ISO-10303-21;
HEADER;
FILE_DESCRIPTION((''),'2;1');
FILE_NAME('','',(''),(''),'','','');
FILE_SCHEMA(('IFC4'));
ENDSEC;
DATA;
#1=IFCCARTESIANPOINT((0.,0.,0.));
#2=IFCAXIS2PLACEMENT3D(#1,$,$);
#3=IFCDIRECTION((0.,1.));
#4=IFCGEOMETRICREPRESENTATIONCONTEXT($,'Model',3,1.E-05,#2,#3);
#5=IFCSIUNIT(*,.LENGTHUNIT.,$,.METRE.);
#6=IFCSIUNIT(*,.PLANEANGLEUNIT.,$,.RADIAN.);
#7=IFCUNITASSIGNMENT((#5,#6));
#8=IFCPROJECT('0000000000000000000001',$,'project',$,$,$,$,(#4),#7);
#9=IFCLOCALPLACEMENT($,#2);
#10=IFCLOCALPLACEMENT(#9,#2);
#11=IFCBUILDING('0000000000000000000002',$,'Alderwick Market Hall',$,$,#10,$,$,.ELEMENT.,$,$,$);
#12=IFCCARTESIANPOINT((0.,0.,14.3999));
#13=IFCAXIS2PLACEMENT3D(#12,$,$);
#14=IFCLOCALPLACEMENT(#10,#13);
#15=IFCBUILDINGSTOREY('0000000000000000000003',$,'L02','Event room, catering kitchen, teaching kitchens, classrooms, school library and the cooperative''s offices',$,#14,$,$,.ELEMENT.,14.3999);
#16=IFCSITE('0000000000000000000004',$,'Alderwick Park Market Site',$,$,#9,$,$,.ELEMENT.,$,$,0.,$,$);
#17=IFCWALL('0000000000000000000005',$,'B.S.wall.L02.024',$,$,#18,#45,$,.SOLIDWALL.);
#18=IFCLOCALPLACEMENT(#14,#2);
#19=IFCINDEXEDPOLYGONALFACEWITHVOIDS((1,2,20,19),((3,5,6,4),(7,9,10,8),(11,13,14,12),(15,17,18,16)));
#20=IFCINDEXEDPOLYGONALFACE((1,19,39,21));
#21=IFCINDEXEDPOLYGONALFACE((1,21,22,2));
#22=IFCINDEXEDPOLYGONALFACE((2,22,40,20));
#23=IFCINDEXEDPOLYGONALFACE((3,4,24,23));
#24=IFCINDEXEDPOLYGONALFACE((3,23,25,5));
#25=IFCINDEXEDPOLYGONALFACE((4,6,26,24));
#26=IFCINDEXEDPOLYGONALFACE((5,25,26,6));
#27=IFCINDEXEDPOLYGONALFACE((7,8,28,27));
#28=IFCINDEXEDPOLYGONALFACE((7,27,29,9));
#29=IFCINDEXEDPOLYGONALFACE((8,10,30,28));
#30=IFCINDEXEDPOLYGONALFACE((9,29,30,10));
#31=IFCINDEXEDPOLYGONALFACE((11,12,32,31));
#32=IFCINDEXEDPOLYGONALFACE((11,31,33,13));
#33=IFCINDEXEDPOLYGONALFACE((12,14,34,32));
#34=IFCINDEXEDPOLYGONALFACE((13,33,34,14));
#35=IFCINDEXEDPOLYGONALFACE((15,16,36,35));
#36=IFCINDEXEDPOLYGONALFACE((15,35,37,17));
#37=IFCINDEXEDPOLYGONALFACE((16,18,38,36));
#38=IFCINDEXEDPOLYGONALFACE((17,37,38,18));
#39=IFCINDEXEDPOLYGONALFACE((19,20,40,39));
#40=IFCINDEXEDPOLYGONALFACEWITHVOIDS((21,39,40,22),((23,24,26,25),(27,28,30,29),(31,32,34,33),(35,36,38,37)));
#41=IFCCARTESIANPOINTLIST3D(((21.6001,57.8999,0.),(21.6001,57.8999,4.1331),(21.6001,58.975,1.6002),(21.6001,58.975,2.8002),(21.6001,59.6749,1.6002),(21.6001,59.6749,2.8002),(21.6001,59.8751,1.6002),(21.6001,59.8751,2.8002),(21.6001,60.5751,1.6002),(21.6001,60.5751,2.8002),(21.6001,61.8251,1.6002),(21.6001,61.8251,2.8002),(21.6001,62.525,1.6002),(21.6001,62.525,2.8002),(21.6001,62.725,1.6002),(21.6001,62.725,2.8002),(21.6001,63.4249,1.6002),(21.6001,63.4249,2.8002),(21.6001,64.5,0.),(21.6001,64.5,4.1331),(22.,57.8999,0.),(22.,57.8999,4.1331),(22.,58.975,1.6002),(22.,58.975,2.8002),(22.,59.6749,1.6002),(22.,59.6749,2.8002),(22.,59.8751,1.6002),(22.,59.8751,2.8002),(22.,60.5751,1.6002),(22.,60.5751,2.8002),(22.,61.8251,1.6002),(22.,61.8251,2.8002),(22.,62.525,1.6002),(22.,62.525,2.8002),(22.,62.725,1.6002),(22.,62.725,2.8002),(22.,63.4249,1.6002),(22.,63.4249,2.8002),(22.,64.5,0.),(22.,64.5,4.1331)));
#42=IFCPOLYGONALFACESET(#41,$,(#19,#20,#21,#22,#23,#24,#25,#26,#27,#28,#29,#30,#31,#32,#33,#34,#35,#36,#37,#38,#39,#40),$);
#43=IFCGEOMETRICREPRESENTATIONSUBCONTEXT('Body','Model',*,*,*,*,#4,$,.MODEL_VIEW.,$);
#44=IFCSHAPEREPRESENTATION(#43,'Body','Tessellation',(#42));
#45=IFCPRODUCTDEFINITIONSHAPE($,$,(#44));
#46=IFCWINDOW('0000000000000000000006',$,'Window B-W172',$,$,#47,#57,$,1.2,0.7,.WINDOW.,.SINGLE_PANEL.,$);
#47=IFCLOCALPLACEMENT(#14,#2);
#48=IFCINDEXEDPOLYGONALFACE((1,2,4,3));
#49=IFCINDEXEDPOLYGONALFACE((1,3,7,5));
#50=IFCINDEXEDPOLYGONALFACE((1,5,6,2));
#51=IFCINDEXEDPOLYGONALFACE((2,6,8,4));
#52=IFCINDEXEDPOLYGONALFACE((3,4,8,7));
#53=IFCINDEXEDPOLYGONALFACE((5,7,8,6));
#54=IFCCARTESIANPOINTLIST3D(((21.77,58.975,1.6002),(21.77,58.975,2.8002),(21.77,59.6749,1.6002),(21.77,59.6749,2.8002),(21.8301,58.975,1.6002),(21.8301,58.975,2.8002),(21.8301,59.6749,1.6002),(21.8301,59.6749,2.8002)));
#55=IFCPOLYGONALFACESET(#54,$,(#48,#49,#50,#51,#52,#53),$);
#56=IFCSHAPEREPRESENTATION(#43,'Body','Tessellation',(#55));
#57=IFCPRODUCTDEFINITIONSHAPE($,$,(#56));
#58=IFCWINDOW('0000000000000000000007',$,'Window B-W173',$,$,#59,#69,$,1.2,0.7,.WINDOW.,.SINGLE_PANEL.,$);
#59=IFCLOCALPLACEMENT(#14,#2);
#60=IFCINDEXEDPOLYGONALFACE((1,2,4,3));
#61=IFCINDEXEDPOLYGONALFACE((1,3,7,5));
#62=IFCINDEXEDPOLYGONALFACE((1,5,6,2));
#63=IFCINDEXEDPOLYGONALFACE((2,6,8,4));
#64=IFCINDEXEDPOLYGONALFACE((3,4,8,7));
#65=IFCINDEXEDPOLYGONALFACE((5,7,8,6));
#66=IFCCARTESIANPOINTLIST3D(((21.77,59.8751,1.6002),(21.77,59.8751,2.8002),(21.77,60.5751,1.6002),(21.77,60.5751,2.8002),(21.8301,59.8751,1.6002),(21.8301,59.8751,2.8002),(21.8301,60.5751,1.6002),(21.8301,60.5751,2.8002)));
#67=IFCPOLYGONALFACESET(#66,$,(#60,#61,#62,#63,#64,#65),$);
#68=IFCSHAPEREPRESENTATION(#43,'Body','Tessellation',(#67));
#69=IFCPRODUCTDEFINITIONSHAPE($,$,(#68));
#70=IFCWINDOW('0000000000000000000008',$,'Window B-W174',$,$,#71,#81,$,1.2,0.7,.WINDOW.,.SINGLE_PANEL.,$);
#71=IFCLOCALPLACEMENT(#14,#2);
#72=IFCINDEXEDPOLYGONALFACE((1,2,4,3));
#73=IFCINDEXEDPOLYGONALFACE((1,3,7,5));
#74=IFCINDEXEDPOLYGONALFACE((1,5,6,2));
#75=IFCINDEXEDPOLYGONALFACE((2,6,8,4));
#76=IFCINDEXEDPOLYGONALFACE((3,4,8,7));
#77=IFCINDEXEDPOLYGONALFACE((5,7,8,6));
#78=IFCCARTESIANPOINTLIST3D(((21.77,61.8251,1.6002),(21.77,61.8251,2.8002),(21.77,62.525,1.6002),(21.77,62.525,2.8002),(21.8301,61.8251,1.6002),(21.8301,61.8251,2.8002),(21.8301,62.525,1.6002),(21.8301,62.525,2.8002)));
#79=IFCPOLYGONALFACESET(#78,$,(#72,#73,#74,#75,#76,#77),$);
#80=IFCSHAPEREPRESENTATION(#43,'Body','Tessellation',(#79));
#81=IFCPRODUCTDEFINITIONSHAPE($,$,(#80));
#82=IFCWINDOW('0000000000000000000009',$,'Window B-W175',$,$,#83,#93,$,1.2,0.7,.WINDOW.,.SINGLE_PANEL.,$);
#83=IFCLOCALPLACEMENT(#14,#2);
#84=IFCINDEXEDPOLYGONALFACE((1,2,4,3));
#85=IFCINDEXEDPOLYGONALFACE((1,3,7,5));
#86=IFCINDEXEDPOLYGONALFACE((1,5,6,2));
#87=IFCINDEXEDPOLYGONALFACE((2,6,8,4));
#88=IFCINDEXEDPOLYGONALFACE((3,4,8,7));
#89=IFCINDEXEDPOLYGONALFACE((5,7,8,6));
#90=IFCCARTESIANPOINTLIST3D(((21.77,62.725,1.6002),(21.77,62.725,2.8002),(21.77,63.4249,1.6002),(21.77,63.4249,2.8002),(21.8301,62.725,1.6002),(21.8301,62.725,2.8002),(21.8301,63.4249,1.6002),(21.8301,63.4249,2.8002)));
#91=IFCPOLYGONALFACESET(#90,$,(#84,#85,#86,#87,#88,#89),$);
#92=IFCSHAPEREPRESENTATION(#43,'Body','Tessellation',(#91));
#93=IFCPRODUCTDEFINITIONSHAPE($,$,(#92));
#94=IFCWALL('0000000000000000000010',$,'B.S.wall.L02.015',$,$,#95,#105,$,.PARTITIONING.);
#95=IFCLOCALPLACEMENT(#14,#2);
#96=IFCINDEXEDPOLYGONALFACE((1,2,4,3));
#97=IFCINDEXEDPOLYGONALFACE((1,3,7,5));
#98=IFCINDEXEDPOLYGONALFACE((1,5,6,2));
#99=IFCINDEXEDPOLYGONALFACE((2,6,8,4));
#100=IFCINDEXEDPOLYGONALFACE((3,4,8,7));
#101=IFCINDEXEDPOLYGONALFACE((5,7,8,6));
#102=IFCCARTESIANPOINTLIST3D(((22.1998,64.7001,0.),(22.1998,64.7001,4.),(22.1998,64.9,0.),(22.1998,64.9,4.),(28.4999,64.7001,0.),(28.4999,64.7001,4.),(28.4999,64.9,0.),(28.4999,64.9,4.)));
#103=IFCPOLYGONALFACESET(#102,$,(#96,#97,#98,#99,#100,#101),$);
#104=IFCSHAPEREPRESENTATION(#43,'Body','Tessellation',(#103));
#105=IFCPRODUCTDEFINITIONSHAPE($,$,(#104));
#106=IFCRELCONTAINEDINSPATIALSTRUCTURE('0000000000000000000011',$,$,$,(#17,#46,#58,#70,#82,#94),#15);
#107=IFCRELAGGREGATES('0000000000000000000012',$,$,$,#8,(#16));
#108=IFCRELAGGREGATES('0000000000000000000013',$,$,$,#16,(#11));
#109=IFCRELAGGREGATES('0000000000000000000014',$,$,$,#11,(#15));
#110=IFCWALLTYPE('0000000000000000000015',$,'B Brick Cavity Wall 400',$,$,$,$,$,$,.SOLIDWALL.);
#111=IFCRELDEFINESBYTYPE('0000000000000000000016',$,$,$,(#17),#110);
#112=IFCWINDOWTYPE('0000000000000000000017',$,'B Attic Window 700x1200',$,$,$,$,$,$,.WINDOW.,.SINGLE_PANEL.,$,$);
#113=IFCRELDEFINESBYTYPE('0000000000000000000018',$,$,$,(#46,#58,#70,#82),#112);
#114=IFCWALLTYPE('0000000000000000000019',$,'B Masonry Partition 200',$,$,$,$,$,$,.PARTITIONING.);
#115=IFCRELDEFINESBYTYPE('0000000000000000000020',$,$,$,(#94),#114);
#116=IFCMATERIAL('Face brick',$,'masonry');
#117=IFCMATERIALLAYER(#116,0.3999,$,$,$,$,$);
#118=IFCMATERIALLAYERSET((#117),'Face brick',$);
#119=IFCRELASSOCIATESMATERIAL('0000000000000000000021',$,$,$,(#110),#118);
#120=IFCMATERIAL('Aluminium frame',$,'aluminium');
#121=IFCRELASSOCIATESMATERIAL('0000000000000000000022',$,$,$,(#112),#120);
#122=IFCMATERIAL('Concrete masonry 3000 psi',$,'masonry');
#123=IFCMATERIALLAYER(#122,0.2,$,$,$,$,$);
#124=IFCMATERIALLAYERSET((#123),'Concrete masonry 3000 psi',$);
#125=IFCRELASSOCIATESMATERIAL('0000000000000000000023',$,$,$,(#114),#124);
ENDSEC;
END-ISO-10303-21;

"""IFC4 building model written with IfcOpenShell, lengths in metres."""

from ifc_helpers import new_model, si_unit, direction, frame, frame_2d, origin, place, context, subcontext, project, spatial, rectangle, extrude, material, layer, layer_set, type_object, element, fill, save


model = new_model("IFC4")

# Units and contexts
model_context = context("Model", 3, precision=1e-05, world=origin(), true_north=direction((0.0, 1.0)))
body_context = subcontext(model_context, "Body", "Model", "MODEL_VIEW")
ifc_project = project(units=[si_unit("LENGTHUNIT", "METRE"), si_unit("PLANEANGLEUNIT", "RADIAN")], contexts=[model_context])

# Site, building, storey
site_placement = place(None, origin())
site = spatial("IfcSite", under=ifc_project, at=site_placement, Name="Alderwick Park Market Site", CompositionType="ELEMENT", RefElevation=0.0)
building_placement = place(site_placement, origin())
building = spatial("IfcBuilding", under=site, at=building_placement, Name="Alderwick Market Hall", CompositionType="ELEMENT")
storey_placement = place(building_placement, frame((0.0, 0.0, 14.3999)))
storey = spatial("IfcBuildingStorey", under=building, at=storey_placement, Name="L02", Description="Event room, catering kitchen, teaching kitchens, classrooms, school library and the cooperative's offices", CompositionType="ELEMENT", Elevation=14.3999)

# Wall, openings, windows
ifc_material_1 = material(Name="Face brick", Category="masonry")
ifc_layer_1 = layer(ifc_material_1, 0.3999)
ifc_layer_set_1 = layer_set([ifc_layer_1], Name="Face brick")
wall_type_1 = type_object("IfcWallType", Name="B Brick Cavity Wall 400", PredefinedType="SOLIDWALL", material=ifc_layer_set_1)
wall_1_placement = place(storey_placement, frame((21.8, 57.8999, 0.0), z_axis=(0.0, 0.0, 1.0), x_axis=(0.0, 1.0, 0.0)))
wall_1 = element("IfcWall", 1, at=wall_1_placement, inside=storey, type_object=wall_type_1, Name="B.S.wall.L02.024", PredefinedType="SOLIDWALL", context=body_context, shape_type="SweptSolid", body=[
    extrude(rectangle(XDim=6.6001, YDim=0.3999, at=frame_2d((3.3, 0.0))), origin(), (0.0, 0.0, 1.0), 4.1331),
])
opening_1_placement = place(wall_1_placement, frame((1.075, 0.0, 1.6001)))
opening_1 = element("IfcOpeningElement", 2, at=opening_1_placement, cuts=wall_1, PredefinedType="OPENING", context=body_context, shape_type="SweptSolid", body=[
    extrude(rectangle(XDim=0.7, YDim=1.2, at=frame_2d((0.3501, 0.6001))), frame((0.0, 0.21, 0.0), z_axis=(0.0, -1.0, 0.0), x_axis=(1.0, 0.0, 0.0)), (0.0, 0.0, 1.0), 0.4199),
])
opening_2_placement = place(wall_1_placement, frame((1.9751, 0.0, 1.6001)))
opening_2 = element("IfcOpeningElement", 3, at=opening_2_placement, cuts=wall_1, PredefinedType="OPENING", context=body_context, shape_type="SweptSolid", body=[
    extrude(rectangle(XDim=0.7, YDim=1.2, at=frame_2d((0.3501, 0.6001))), frame((0.0, 0.21, 0.0), z_axis=(0.0, -1.0, 0.0), x_axis=(1.0, 0.0, 0.0)), (0.0, 0.0, 1.0), 0.4199),
])
opening_3_placement = place(wall_1_placement, frame((3.925, 0.0, 1.6001)))
opening_3 = element("IfcOpeningElement", 4, at=opening_3_placement, cuts=wall_1, PredefinedType="OPENING", context=body_context, shape_type="SweptSolid", body=[
    extrude(rectangle(XDim=0.7, YDim=1.2, at=frame_2d((0.3501, 0.6001))), frame((0.0, 0.21, 0.0), z_axis=(0.0, -1.0, 0.0), x_axis=(1.0, 0.0, 0.0)), (0.0, 0.0, 1.0), 0.4199),
])
opening_4_placement = place(wall_1_placement, frame((4.825, 0.0, 1.6001)))
opening_4 = element("IfcOpeningElement", 5, at=opening_4_placement, cuts=wall_1, PredefinedType="OPENING", context=body_context, shape_type="SweptSolid", body=[
    extrude(rectangle(XDim=0.7, YDim=1.2, at=frame_2d((0.3501, 0.6001))), frame((0.0, 0.21, 0.0), z_axis=(0.0, -1.0, 0.0), x_axis=(1.0, 0.0, 0.0)), (0.0, 0.0, 1.0), 0.4199),
])
ifc_material_2 = material(Name="Aluminium frame", Category="aluminium")
window_type = type_object("IfcWindowType", Name="B Attic Window 700x1200", PartitioningType="SINGLE_PANEL", PredefinedType="WINDOW", material=ifc_material_2)
window_1_placement = place(opening_1_placement, origin())
window_1 = element("IfcWindow", 6, at=window_1_placement, inside=storey, type_object=window_type, Name="Window B-W172", OverallHeight=1.2, OverallWidth=0.7, PartitioningType="SINGLE_PANEL", PredefinedType="WINDOW", context=body_context, shape_type="SweptSolid", body=[
    extrude(rectangle(XDim=0.7, YDim=1.2, at=frame_2d((0.3501, 0.6001))), frame((0.0, 0.03, 0.0), z_axis=(0.0, -1.0, 0.0), x_axis=(1.0, 0.0, 0.0)), (0.0, 0.0, 1.0), 0.0601),
])
fill(opening_1, window_1)
window_2_placement = place(opening_2_placement, origin())
window_2 = element("IfcWindow", 7, at=window_2_placement, inside=storey, type_object=window_type, Name="Window B-W173", OverallHeight=1.2, OverallWidth=0.7, PartitioningType="SINGLE_PANEL", PredefinedType="WINDOW", context=body_context, shape_type="SweptSolid", body=[
    extrude(rectangle(XDim=0.7, YDim=1.2, at=frame_2d((0.3501, 0.6001))), frame((0.0, 0.03, 0.0), z_axis=(0.0, -1.0, 0.0), x_axis=(1.0, 0.0, 0.0)), (0.0, 0.0, 1.0), 0.0601),
])
fill(opening_2, window_2)
window_3_placement = place(opening_3_placement, origin())
window_3 = element("IfcWindow", 8, at=window_3_placement, inside=storey, type_object=window_type, Name="Window B-W174", OverallHeight=1.2, OverallWidth=0.7, PartitioningType="SINGLE_PANEL", PredefinedType="WINDOW", context=body_context, shape_type="SweptSolid", body=[
    extrude(rectangle(XDim=0.7, YDim=1.2, at=frame_2d((0.3501, 0.6001))), frame((0.0, 0.03, 0.0), z_axis=(0.0, -1.0, 0.0), x_axis=(1.0, 0.0, 0.0)), (0.0, 0.0, 1.0), 0.0601),
])
fill(opening_3, window_3)
window_4_placement = place(opening_4_placement, origin())
window_4 = element("IfcWindow", 9, at=window_4_placement, inside=storey, type_object=window_type, Name="Window B-W175", OverallHeight=1.2, OverallWidth=0.7, PartitioningType="SINGLE_PANEL", PredefinedType="WINDOW", context=body_context, shape_type="SweptSolid", body=[
    extrude(rectangle(XDim=0.7, YDim=1.2, at=frame_2d((0.3501, 0.6001))), frame((0.0, 0.03, 0.0), z_axis=(0.0, -1.0, 0.0), x_axis=(1.0, 0.0, 0.0)), (0.0, 0.0, 1.0), 0.0601),
])
fill(opening_4, window_4)

# Wall
ifc_material_3 = material(Name="Concrete masonry 3000 psi", Category="masonry")
ifc_layer_2 = layer(ifc_material_3, 0.2)
ifc_layer_set_2 = layer_set([ifc_layer_2], Name="Concrete masonry 3000 psi")
wall_type_2 = type_object("IfcWallType", Name="B Masonry Partition 200", PredefinedType="PARTITIONING", material=ifc_layer_set_2)
wall_2_placement = place(storey_placement, frame((22.2, 64.8, 0.0), z_axis=(0.0, 0.0, 1.0), x_axis=(1.0, 0.0, 0.0)))
element("IfcWall", 10, at=wall_2_placement, inside=storey, type_object=wall_type_2, Name="B.S.wall.L02.015", PredefinedType="PARTITIONING", context=body_context, shape_type="SweptSolid", body=[
    extrude(rectangle(XDim=6.3, YDim=0.2, at=frame_2d((3.1499, 0.0))), origin(), (0.0, 0.0, 1.0), 4.0),
])

save(model, "model.ifc")
